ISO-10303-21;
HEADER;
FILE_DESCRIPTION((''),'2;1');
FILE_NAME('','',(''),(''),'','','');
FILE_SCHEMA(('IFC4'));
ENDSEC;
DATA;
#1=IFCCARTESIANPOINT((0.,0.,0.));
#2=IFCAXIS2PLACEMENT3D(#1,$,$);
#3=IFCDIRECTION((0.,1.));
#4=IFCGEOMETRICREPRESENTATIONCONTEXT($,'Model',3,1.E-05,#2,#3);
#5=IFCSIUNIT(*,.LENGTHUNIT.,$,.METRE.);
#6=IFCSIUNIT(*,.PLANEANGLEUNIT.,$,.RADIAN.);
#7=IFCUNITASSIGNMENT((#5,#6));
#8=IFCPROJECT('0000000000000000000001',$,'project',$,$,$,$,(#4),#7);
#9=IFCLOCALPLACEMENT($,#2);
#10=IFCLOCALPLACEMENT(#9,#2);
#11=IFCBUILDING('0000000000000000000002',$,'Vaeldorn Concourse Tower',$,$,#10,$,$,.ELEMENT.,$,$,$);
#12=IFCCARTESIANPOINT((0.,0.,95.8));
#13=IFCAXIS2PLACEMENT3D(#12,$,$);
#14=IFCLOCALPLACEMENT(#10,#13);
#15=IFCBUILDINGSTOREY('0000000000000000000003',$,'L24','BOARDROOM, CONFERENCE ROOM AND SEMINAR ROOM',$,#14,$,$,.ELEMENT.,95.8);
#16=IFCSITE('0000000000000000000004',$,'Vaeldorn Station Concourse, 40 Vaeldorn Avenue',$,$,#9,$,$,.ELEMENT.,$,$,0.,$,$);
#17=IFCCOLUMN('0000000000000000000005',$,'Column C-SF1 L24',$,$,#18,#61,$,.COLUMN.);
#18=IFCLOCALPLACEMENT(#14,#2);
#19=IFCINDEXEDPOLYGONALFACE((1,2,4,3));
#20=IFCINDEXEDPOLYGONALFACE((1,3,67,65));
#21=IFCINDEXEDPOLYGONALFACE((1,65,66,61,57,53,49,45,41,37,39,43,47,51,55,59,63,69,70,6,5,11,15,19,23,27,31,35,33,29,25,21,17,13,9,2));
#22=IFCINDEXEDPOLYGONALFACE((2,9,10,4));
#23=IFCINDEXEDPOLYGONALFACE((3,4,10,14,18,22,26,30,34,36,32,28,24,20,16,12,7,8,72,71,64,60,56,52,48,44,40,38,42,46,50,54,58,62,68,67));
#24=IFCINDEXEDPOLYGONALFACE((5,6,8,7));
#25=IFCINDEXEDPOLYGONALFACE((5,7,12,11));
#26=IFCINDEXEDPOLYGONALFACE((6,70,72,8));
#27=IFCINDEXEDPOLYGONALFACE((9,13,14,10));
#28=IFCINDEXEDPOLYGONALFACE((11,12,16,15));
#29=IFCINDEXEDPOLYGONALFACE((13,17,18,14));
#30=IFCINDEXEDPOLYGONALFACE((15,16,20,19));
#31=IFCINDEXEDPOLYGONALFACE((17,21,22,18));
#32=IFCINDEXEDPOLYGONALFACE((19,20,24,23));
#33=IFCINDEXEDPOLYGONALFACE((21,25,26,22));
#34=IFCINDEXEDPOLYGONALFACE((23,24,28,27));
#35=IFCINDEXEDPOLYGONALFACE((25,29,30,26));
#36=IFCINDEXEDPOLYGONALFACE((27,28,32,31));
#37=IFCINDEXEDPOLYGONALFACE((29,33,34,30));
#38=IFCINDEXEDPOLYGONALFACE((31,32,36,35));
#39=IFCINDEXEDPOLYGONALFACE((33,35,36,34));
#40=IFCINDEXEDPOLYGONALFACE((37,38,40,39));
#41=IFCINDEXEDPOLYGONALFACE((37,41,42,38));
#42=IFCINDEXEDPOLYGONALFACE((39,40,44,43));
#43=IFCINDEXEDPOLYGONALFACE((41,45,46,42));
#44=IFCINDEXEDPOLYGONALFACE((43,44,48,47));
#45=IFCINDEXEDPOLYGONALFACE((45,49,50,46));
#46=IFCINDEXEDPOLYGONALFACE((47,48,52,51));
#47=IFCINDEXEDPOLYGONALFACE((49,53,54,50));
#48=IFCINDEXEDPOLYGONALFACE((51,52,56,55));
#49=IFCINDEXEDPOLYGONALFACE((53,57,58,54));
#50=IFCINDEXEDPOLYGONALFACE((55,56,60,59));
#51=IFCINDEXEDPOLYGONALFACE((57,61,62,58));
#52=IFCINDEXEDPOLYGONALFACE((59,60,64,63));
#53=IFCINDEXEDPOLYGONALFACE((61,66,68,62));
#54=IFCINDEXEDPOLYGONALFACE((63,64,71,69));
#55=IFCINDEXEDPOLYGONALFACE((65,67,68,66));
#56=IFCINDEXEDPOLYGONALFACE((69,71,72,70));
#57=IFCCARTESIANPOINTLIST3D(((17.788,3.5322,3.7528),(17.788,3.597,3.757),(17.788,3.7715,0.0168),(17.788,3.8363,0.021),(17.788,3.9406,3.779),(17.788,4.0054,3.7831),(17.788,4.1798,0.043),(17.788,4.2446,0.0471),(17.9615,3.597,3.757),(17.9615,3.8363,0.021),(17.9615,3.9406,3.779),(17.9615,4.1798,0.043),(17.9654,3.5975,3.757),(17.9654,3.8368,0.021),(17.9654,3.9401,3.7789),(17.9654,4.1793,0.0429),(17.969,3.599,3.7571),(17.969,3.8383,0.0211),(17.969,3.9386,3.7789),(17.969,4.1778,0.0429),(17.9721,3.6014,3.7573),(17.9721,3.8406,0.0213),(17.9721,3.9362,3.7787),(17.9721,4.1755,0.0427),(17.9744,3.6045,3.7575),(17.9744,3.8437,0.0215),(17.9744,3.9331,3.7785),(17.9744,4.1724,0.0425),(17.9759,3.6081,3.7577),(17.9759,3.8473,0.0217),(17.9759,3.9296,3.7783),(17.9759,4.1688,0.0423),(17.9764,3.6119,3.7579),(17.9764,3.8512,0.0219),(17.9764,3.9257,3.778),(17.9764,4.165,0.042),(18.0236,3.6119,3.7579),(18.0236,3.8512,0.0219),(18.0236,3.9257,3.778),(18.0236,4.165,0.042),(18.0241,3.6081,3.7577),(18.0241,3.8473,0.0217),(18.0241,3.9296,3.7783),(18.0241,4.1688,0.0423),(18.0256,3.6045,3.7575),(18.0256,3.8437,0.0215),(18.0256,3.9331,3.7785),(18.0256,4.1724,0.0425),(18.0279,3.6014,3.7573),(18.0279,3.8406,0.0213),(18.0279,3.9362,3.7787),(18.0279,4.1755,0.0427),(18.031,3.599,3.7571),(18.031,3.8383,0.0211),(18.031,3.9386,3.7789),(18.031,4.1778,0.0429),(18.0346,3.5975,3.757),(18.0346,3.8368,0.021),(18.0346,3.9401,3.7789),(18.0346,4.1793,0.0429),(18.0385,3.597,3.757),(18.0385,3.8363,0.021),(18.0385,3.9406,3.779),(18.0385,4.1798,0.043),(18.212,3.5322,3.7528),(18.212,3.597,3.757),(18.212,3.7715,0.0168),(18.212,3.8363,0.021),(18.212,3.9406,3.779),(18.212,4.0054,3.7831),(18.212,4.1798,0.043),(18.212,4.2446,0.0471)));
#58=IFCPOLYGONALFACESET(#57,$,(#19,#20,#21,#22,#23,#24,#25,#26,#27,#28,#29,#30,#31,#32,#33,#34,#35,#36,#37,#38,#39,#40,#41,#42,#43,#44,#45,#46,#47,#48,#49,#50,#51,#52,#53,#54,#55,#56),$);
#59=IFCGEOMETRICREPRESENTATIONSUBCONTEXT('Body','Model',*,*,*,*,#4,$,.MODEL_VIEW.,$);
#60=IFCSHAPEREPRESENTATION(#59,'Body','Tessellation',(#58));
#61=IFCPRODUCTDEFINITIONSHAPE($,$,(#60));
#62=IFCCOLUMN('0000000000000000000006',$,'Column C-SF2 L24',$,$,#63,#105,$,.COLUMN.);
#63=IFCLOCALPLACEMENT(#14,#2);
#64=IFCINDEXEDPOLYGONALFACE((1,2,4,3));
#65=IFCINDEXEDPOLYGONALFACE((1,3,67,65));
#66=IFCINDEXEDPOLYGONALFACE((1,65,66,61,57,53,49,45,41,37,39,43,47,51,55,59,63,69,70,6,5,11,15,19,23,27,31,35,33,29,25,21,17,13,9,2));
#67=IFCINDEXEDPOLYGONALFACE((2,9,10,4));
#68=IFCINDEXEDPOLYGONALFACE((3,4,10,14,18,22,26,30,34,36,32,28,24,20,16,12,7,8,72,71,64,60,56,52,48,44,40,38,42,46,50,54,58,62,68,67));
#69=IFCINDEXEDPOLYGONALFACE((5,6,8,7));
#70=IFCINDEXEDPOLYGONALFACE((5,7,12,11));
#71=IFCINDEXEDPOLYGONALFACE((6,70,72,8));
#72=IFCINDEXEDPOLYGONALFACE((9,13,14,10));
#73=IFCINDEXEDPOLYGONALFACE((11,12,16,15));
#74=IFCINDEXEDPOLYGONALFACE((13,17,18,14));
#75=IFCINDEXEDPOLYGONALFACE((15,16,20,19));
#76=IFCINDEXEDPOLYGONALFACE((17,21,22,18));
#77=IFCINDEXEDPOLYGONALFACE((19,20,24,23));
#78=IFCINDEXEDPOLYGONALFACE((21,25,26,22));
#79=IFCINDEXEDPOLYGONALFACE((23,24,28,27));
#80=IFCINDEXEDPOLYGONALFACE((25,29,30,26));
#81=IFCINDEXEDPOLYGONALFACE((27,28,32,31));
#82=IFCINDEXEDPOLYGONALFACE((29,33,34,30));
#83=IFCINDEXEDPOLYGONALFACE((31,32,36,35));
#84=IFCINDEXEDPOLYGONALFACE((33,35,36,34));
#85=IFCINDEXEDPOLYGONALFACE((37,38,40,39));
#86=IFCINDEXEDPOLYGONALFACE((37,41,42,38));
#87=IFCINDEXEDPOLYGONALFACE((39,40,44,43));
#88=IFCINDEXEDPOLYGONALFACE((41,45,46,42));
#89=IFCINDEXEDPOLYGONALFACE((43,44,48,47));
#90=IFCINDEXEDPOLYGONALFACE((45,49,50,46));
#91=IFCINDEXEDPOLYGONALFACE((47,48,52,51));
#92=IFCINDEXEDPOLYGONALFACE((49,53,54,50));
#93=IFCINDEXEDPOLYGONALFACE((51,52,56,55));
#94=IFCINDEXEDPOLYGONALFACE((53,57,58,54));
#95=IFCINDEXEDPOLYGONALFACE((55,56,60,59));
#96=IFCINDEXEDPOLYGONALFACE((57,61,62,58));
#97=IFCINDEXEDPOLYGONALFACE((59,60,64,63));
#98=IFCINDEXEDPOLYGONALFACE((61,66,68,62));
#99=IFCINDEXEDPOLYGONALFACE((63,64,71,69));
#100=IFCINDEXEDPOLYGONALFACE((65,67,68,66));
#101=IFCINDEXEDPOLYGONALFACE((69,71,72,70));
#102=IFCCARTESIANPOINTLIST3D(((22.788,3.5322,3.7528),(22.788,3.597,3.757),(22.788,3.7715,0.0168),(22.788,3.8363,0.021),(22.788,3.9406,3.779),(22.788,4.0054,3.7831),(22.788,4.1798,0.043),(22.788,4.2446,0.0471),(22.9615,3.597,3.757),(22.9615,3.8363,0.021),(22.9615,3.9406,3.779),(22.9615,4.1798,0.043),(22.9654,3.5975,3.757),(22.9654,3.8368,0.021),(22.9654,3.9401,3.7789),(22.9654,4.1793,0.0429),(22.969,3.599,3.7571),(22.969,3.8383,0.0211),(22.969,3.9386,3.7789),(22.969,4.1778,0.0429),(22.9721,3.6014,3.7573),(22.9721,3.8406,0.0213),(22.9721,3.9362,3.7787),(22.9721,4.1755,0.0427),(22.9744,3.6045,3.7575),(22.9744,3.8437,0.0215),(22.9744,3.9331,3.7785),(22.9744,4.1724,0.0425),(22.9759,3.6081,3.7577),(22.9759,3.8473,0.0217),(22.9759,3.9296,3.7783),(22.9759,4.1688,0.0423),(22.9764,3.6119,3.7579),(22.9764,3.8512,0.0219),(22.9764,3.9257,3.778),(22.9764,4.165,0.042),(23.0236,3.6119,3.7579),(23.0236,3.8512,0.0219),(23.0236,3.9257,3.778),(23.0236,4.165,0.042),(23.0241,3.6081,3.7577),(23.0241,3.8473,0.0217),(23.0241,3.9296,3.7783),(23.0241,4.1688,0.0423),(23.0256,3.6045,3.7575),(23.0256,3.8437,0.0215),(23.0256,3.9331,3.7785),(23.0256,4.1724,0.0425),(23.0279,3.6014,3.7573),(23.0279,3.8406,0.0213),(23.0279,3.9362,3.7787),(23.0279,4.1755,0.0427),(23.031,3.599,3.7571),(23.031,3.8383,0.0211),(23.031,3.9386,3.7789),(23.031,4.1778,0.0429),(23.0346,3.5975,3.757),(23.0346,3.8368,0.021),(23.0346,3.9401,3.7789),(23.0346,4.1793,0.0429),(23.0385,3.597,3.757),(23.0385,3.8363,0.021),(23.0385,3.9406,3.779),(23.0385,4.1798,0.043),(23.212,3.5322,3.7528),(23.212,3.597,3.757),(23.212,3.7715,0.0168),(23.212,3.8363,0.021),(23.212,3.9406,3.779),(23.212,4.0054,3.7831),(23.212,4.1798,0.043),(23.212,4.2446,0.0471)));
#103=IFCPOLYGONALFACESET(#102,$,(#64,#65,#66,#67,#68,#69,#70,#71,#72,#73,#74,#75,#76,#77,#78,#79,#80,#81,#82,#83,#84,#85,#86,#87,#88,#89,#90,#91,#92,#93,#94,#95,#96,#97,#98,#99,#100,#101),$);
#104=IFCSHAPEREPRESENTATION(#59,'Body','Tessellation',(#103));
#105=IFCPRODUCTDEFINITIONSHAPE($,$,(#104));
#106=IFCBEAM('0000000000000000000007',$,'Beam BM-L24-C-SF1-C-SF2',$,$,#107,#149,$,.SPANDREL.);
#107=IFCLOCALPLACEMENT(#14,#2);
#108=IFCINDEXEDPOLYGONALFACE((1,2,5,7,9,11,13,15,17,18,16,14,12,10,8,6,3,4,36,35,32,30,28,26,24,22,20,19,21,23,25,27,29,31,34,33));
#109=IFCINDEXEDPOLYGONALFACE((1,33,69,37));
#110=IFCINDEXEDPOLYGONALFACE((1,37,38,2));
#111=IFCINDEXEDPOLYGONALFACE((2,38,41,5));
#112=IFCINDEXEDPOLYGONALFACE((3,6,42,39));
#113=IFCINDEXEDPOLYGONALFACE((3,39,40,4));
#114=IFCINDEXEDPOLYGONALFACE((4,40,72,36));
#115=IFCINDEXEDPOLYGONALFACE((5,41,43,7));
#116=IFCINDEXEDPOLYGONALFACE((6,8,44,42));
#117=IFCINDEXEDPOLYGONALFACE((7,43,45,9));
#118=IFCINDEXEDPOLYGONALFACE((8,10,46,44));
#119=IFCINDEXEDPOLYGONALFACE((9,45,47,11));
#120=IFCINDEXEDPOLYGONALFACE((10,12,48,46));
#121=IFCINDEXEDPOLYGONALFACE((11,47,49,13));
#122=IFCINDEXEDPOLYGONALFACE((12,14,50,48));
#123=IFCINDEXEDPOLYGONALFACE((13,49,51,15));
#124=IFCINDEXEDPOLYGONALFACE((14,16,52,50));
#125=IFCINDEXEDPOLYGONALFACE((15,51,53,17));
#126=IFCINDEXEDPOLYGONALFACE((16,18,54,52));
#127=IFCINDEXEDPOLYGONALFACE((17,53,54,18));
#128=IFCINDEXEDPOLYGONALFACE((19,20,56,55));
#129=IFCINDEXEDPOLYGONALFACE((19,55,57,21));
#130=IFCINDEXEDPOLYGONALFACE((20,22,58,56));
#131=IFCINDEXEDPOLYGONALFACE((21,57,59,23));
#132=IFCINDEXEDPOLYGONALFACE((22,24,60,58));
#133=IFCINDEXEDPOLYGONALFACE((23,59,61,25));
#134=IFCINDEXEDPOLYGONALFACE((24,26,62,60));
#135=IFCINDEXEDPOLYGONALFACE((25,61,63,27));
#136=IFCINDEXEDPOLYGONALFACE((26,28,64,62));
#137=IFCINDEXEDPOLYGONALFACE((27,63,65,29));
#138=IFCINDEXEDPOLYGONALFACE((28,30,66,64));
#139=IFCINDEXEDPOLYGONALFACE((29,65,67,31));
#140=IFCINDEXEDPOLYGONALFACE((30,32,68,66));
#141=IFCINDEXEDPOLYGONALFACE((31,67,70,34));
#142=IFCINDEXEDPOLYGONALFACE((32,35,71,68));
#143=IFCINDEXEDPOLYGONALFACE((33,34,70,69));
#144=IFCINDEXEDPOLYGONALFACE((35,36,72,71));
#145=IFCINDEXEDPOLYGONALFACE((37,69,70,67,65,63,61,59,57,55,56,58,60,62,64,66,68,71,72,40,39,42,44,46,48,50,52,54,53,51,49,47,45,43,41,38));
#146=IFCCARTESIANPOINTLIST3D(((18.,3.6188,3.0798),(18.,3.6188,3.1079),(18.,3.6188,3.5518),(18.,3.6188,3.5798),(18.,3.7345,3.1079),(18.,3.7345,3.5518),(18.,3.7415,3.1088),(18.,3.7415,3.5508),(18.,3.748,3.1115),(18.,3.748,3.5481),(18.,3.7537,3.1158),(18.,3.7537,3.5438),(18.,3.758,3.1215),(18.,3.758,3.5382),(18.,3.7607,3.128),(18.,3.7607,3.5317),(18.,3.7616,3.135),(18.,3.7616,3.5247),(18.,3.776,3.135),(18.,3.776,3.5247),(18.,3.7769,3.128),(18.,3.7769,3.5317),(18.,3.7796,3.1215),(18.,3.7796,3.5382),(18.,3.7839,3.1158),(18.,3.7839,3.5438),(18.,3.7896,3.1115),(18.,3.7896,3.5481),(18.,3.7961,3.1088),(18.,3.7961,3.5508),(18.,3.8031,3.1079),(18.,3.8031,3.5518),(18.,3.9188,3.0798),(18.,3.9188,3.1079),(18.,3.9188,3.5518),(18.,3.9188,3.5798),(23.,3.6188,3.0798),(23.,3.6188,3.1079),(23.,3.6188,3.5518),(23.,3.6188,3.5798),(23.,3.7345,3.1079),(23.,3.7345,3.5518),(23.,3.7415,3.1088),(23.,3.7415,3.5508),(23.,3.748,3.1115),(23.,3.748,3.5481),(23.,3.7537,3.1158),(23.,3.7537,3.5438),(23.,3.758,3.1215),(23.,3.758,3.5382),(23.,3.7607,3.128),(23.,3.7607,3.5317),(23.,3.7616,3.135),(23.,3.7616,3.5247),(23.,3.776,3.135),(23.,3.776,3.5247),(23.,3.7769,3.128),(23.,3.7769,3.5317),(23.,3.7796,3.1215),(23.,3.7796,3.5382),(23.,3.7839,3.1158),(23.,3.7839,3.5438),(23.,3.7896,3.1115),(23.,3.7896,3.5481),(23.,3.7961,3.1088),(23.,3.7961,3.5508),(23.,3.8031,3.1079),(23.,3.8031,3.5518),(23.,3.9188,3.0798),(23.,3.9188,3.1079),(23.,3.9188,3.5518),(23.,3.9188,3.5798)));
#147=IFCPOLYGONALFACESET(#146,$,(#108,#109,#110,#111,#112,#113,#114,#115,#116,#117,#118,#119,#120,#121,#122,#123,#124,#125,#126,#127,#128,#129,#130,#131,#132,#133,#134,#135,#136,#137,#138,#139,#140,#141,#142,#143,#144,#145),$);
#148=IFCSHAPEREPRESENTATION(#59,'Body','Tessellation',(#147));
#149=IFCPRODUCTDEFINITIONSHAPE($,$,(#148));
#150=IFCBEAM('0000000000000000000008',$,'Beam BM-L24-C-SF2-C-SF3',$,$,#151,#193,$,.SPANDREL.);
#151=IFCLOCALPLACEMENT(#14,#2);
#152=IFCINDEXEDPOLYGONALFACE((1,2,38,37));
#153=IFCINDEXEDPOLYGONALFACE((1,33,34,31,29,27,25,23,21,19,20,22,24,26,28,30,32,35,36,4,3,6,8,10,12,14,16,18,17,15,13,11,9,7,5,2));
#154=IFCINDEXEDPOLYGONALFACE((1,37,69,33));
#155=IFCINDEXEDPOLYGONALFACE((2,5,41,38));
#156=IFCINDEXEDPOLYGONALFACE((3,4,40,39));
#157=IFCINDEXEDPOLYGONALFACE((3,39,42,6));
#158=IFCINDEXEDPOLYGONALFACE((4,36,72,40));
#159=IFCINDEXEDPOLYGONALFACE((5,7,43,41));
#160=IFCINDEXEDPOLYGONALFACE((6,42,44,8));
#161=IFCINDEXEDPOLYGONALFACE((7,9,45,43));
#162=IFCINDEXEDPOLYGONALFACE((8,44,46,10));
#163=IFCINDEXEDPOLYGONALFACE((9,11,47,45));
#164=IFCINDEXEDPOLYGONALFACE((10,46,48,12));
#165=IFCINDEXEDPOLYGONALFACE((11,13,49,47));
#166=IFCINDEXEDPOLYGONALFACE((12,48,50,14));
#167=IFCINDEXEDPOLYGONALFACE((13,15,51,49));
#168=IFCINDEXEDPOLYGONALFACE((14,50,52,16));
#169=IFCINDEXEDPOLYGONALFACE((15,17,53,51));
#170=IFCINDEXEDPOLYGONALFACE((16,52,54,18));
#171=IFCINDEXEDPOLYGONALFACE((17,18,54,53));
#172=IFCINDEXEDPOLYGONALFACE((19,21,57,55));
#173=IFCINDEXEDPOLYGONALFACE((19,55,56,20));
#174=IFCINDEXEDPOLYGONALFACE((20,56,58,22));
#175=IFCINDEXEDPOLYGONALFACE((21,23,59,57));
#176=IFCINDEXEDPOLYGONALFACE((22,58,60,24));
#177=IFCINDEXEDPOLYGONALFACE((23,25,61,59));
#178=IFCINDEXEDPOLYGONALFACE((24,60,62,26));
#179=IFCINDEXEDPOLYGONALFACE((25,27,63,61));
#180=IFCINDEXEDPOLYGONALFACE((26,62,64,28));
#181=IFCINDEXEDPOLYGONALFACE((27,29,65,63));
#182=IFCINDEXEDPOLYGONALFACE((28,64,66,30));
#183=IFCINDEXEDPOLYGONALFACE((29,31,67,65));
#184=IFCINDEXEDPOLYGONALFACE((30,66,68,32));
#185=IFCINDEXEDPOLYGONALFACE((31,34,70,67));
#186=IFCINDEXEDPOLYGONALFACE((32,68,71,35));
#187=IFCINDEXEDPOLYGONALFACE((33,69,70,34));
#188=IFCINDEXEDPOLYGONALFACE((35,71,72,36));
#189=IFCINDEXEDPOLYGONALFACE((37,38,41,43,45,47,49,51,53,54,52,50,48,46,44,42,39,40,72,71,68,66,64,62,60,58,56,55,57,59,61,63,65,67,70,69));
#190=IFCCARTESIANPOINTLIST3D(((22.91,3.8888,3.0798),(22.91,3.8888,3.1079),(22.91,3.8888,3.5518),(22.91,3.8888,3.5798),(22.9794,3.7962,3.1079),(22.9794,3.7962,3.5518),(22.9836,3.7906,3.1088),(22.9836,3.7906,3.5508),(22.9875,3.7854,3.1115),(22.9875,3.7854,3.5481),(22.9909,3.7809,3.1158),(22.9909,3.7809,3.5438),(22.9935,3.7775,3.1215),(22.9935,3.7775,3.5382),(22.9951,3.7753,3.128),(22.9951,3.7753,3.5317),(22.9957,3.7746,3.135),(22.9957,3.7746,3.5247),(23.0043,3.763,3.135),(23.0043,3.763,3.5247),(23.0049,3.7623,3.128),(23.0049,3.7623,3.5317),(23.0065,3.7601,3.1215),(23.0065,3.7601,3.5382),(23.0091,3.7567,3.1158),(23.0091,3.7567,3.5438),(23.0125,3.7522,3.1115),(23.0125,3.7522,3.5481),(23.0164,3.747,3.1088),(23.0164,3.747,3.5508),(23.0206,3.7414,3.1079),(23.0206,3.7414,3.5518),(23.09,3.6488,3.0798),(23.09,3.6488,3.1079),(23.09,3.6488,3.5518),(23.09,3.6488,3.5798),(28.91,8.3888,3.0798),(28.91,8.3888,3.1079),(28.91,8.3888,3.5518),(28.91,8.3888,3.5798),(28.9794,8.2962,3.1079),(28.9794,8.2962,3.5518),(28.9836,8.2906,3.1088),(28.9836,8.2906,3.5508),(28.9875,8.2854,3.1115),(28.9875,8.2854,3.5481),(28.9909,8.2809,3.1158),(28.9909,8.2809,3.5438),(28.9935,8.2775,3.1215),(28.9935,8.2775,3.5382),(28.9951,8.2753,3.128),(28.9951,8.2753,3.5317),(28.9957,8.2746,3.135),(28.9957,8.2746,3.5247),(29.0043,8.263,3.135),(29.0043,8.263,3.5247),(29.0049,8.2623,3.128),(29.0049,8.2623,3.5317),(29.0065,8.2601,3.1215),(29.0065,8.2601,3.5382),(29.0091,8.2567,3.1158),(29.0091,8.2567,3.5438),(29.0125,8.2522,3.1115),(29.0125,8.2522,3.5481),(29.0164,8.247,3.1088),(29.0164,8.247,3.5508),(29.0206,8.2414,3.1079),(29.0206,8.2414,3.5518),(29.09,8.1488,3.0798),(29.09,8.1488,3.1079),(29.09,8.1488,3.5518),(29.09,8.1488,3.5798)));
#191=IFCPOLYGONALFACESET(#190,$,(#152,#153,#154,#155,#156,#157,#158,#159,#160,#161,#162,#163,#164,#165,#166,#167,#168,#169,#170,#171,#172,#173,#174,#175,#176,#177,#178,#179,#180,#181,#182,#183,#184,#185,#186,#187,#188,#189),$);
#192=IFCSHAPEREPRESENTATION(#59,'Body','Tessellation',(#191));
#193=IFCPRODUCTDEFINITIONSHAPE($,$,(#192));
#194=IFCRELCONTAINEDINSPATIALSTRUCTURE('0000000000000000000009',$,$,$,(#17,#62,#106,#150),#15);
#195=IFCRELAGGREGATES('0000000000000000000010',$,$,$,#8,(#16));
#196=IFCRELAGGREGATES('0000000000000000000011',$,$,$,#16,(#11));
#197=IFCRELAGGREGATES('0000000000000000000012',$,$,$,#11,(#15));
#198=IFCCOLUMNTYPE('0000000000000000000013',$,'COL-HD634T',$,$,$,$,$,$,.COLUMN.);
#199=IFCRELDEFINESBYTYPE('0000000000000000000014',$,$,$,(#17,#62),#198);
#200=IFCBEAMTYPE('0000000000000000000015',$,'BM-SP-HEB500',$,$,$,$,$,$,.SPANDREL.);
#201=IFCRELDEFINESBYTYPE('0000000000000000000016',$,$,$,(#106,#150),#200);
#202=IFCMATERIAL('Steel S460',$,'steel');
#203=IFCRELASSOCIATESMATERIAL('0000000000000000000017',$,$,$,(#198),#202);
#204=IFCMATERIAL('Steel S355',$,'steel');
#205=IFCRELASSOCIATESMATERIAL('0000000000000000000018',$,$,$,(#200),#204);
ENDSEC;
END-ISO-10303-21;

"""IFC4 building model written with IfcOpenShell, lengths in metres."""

from ifc_helpers import new_model, si_unit, direction, frame, origin, origin_2d, place, context, subcontext, project, spatial, i_section, extrude, source, transform, mapped, material, material_profile, profile_set, type_object, element, save


model = new_model("IFC4")

# Units and contexts
model_context = context("Model", 3, precision=1e-05, world=origin(), true_north=direction((0.0, 1.0)))
body_context = subcontext(model_context, "Body", "Model", "MODEL_VIEW")
ifc_project = project(units=[si_unit("LENGTHUNIT", "METRE"), si_unit("PLANEANGLEUNIT", "RADIAN")], contexts=[model_context])

# Site, building, storey
site_placement = place(None, origin())
site = spatial("IfcSite", under=ifc_project, at=site_placement, Name="Vaeldorn Station Concourse, 40 Vaeldorn Avenue", CompositionType="ELEMENT", RefElevation=0.0)
building_placement = place(site_placement, origin())
building = spatial("IfcBuilding", under=site, at=building_placement, Name="Vaeldorn Concourse Tower", CompositionType="ELEMENT")
storey_placement = place(building_placement, frame((0.0, 0.0, 95.8)))
storey = spatial("IfcBuildingStorey", under=building, at=storey_placement, Name="L24", Description="BOARDROOM, CONFERENCE ROOM AND SEMINAR ROOM", CompositionType="ELEMENT", Elevation=95.8)

# Columns
ifc_material_1 = material(Name="Steel S460", Category="steel")
ifc_material_profile_1 = material_profile(ifc_material_1, i_section(OverallWidth=0.4241, OverallDepth=0.4741, WebThickness=0.0471, FlangeThickness=0.0649, FilletRadius=0.0149, at=origin_2d()), Name="HD 400x634")
ifc_profile_set_1 = profile_set([ifc_material_profile_1], Name="Steel S460")
column_type = type_object("IfcColumnType", Name="COL-HD634T", PredefinedType="COLUMN", material=ifc_profile_set_1)
shared_shape_1 = source(origin(), body_context, "Body", "SweptSolid", [
    extrude(i_section(OverallWidth=0.4241, OverallDepth=0.4741, WebThickness=0.0471, FlangeThickness=0.0649, FilletRadius=0.0149, at=origin_2d()), origin(), (0.0, 0.0, 1.0), 3.7437),
])
for number, where, z_axis, x_axis, name in (
    (1, (18.0, 4.0081, 0.032), (0.0, -0.063909, 0.997956), (1.0, 0.0, 0.0), "Column C-SF1 L24"),
    (2, (23.0, 4.0081, 0.032), (0.0, -0.063909, 0.997956), (1.0, 0.0, 0.0), "Column C-SF2 L24"),
):
    element("IfcColumn", number, at=place(storey_placement, frame(where, z_axis=z_axis, x_axis=x_axis)), inside=storey, type_object=column_type, Name=name, PredefinedType="COLUMN", context=body_context, shape_type="MappedRepresentation", body=[
        mapped(shared_shape_1, transform((0.0, 0.0, 0.0), scale=1.0)),
    ])

# Beams
ifc_material_2 = material(Name="Steel S355", Category="steel")
ifc_material_profile_2 = material_profile(ifc_material_2, i_section(OverallWidth=0.3, OverallDepth=0.5, WebThickness=0.0144, FlangeThickness=0.0281, FilletRadius=0.0271, at=origin_2d()), Name="HEB 500")
ifc_profile_set_2 = profile_set([ifc_material_profile_2], Name="Steel S355")
beam_type_1 = type_object("IfcBeamType", Name="BM-SP-HEB500", PredefinedType="SPANDREL", material=ifc_profile_set_2)
shared_shape_2 = source(origin(), body_context, "Body", "SweptSolid", [
    extrude(i_section(OverallWidth=0.3, OverallDepth=0.5, WebThickness=0.0144, FlangeThickness=0.0281, FilletRadius=0.0271, at=origin_2d()), origin(), (0.0, 0.0, 1.0), 5.0),
])
beam_1_placement = place(storey_placement, frame((18.0, 3.7688, 3.3298), z_axis=(1.0, 0.0, 0.0), x_axis=(0.0, 1.0, 0.0)))
element("IfcBeam", 3, at=beam_1_placement, inside=storey, type_object=beam_type_1, Name="Beam BM-L24-C-SF1-C-SF2", PredefinedType="SPANDREL", context=body_context, shape_type="MappedRepresentation", body=[
    mapped(shared_shape_2, transform((0.0, 0.0, 0.0), scale=1.0)),
])
shared_shape_3 = source(origin(), body_context, "Body", "SweptSolid", [
    extrude(i_section(OverallWidth=0.3, OverallDepth=0.5, WebThickness=0.0144, FlangeThickness=0.0281, FilletRadius=0.0271, at=origin_2d()), origin(), (0.0, 0.0, 1.0), 7.5),
])
beam_2_placement = place(storey_placement, frame((23.0, 3.7688, 3.3298), z_axis=(0.8, 0.6, 0.0), x_axis=(-0.6, 0.8, 0.0)))
element("IfcBeam", 4, at=beam_2_placement, inside=storey, type_object=beam_type_1, Name="Beam BM-L24-C-SF2-C-SF3", PredefinedType="SPANDREL", context=body_context, shape_type="MappedRepresentation", body=[
    mapped(shared_shape_3, transform((0.0, 0.0, 0.0), scale=1.0)),
])

save(model, "model.ifc")
